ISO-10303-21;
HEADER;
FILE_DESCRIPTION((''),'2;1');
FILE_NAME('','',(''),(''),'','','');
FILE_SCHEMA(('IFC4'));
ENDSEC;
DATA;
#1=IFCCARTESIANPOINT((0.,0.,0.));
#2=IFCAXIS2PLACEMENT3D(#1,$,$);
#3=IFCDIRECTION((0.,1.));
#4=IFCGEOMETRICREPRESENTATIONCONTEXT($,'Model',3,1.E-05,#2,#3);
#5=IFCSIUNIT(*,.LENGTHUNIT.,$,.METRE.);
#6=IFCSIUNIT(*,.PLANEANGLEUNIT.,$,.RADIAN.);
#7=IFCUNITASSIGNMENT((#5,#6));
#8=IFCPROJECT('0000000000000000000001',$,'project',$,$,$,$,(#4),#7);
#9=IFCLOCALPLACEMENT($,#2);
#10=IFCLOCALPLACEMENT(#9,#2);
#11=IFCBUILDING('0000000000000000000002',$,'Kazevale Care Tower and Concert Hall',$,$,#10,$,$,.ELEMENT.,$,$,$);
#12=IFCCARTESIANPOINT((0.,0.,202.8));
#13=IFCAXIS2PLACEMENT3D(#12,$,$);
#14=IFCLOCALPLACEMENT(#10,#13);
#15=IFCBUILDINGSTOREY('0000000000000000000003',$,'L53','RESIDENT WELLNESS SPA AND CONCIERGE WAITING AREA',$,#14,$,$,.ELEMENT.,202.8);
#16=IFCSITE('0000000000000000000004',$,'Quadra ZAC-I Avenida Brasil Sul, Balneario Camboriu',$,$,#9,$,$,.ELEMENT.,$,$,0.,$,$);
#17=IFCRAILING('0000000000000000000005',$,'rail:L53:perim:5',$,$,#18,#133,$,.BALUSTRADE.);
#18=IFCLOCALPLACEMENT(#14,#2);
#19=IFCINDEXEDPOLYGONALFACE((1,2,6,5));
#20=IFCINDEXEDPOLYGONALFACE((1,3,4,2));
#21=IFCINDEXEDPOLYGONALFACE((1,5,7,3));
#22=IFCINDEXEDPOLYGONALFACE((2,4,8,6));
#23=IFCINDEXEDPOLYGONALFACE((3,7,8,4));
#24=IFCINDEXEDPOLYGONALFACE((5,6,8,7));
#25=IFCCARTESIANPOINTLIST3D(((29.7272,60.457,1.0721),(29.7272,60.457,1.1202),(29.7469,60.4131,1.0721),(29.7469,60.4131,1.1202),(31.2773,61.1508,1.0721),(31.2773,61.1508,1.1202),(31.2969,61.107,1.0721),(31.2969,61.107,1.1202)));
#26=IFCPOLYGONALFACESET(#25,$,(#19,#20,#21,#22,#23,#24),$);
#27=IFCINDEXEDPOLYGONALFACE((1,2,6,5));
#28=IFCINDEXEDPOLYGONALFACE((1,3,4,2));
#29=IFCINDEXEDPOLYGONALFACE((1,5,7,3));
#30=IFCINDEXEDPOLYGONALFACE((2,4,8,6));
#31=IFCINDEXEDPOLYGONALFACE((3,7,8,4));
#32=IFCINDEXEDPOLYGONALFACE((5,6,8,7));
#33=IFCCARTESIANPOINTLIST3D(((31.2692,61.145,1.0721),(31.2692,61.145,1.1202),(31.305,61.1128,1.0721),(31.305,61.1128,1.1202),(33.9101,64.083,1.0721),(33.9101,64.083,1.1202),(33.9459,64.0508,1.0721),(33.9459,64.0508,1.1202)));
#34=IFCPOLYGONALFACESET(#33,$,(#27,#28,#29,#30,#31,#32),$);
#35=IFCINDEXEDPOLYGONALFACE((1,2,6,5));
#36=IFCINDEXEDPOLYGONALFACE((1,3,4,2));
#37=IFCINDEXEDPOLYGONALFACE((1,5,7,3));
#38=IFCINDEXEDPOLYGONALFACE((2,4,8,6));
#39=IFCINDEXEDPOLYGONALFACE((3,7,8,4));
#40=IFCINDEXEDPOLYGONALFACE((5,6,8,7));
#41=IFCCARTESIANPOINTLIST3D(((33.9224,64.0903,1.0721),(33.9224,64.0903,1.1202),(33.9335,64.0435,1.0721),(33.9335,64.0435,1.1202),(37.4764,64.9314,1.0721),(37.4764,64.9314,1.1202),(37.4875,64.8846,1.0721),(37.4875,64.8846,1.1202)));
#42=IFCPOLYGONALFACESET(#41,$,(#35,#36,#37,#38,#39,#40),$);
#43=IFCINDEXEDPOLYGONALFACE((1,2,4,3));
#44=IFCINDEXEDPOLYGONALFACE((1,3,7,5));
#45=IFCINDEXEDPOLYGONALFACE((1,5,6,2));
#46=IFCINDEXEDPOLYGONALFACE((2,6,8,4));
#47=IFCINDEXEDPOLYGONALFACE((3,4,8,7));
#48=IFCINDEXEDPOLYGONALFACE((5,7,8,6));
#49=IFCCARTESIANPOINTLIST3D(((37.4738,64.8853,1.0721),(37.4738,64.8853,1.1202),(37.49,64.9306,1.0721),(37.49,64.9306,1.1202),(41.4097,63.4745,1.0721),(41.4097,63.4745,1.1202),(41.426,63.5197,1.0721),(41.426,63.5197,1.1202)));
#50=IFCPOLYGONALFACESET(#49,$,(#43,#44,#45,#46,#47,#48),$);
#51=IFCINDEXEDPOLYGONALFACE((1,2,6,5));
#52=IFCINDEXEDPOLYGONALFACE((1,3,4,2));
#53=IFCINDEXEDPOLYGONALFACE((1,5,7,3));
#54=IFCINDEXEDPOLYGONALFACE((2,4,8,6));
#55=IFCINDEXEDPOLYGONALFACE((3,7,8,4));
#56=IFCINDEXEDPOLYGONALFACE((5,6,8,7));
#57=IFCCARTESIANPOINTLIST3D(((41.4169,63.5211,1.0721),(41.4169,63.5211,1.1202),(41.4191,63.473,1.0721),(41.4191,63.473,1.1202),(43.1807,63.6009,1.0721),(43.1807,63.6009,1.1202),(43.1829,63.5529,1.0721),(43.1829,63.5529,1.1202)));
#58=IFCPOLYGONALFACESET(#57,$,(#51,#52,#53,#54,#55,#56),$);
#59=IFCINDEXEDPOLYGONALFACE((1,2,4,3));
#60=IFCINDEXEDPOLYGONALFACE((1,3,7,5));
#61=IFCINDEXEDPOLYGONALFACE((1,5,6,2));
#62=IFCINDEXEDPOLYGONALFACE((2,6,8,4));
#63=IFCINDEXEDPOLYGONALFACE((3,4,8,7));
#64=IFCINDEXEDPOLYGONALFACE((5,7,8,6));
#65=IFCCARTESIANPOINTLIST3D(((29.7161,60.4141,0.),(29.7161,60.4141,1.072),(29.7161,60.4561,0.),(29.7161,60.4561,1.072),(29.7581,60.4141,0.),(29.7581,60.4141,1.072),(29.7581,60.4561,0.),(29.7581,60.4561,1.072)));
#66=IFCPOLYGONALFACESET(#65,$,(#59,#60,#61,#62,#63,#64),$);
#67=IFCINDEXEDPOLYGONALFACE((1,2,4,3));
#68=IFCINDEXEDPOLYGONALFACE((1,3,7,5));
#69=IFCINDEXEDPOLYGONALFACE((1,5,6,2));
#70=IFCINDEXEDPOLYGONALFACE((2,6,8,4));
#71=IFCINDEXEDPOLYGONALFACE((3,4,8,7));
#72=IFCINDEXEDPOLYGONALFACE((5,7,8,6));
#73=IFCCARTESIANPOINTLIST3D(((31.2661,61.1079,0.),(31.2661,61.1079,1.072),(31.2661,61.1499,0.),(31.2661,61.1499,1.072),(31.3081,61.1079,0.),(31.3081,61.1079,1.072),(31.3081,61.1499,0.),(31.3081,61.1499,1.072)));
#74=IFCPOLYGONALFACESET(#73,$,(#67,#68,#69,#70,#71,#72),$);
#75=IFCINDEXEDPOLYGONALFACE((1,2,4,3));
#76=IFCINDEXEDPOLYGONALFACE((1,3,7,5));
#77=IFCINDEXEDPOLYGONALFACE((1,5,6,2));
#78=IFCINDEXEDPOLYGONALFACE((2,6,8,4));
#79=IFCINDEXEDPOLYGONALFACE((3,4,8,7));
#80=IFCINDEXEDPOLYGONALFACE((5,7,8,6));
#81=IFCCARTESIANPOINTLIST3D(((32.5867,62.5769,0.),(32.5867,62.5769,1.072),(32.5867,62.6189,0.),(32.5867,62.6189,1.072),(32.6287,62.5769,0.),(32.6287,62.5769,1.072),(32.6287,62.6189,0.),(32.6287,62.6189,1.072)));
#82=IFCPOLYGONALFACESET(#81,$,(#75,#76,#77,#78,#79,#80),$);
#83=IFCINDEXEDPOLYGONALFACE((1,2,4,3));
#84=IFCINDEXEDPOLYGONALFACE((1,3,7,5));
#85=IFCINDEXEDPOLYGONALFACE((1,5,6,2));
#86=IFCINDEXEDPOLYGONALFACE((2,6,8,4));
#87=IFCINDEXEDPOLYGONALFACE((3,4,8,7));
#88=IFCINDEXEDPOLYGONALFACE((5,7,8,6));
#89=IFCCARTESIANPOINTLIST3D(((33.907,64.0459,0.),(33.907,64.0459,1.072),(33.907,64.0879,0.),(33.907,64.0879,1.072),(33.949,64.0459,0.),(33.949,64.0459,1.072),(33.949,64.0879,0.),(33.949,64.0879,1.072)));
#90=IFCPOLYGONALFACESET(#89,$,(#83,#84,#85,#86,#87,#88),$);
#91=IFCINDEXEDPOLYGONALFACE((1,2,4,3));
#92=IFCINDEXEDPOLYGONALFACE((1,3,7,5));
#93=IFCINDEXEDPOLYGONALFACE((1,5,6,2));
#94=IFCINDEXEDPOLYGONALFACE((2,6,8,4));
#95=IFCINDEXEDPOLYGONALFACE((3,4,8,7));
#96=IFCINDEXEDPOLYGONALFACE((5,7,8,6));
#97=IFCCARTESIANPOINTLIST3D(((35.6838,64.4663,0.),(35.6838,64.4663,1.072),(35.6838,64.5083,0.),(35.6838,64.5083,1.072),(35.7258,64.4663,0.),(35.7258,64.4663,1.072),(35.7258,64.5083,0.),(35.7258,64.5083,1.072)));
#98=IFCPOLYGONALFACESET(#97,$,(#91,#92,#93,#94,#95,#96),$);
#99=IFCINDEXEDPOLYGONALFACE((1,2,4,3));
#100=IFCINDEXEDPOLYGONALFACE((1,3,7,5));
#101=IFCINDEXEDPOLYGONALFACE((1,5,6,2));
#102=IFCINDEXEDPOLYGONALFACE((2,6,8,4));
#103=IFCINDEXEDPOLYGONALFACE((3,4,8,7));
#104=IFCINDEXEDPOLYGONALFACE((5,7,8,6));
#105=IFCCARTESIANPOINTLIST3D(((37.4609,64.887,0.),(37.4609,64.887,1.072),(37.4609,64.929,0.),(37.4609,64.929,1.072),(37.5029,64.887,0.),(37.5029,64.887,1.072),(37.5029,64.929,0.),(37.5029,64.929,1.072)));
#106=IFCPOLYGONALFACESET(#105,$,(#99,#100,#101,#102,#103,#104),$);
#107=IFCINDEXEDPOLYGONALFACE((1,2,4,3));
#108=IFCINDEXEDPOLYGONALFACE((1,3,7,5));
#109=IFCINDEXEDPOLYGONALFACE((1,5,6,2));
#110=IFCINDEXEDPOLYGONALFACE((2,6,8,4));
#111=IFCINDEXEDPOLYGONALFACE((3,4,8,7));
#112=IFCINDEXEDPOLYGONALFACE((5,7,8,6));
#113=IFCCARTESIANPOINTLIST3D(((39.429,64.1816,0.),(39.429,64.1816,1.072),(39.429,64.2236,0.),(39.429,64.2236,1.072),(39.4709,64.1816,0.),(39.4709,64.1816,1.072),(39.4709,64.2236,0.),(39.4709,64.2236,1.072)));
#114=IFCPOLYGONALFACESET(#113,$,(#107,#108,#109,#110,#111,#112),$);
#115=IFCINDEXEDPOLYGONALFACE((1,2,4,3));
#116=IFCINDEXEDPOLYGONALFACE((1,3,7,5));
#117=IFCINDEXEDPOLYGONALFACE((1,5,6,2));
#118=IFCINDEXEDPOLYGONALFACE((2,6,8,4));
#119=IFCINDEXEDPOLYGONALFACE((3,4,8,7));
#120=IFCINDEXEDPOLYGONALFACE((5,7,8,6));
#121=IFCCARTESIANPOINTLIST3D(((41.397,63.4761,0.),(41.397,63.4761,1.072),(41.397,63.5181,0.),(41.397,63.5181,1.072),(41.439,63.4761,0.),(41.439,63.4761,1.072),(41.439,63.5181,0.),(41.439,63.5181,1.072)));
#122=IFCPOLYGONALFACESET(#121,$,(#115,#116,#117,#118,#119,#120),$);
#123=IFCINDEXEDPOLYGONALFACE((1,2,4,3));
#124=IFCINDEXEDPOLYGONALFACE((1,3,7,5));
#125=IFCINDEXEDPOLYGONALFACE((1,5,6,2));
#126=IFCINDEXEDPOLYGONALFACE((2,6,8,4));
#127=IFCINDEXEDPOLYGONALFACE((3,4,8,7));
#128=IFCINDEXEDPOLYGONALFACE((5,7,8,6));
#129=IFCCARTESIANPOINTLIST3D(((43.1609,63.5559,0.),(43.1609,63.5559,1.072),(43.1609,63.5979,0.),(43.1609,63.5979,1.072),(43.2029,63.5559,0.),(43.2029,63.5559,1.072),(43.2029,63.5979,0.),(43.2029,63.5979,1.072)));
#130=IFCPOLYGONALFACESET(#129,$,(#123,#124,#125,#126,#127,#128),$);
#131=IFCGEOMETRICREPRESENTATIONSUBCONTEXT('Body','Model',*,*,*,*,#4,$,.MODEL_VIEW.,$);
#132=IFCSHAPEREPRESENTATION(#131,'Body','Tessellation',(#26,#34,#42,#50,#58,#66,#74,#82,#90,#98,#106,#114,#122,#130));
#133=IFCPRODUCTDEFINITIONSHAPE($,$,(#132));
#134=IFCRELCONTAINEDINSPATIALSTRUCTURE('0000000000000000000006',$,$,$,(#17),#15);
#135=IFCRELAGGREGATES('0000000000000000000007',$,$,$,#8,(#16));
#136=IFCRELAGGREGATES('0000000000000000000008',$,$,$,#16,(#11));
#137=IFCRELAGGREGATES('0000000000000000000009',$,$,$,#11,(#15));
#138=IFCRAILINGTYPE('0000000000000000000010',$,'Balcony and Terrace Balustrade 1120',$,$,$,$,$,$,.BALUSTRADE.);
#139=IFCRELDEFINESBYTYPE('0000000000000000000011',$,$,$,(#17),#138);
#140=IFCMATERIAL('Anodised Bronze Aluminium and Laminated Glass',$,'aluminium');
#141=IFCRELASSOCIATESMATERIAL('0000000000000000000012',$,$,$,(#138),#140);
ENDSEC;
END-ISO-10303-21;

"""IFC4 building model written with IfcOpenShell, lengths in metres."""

from ifc_helpers import new_model, si_unit, direction, frame, origin, origin_2d, place, context, subcontext, project, spatial, rectangle, extrude, material, type_object, element, save


model = new_model("IFC4")

# Units and contexts
model_context = context("Model", 3, precision=1e-05, world=origin(), true_north=direction((0.0, 1.0)))
body_context = subcontext(model_context, "Body", "Model", "MODEL_VIEW")
ifc_project = project(units=[si_unit("LENGTHUNIT", "METRE"), si_unit("PLANEANGLEUNIT", "RADIAN")], contexts=[model_context])

# Site, building, storey
site_placement = place(None, origin())
site = spatial("IfcSite", under=ifc_project, at=site_placement, Name="Quadra ZAC-I Avenida Brasil Sul, Balneario Camboriu", CompositionType="ELEMENT", RefElevation=0.0)
building_placement = place(site_placement, origin())
building = spatial("IfcBuilding", under=site, at=building_placement, Name="Kazevale Care Tower and Concert Hall", CompositionType="ELEMENT")
storey_placement = place(building_placement, frame((0.0, 0.0, 202.8)))
storey = spatial("IfcBuildingStorey", under=building, at=storey_placement, Name="L53", Description="RESIDENT WELLNESS SPA AND CONCIERGE WAITING AREA", CompositionType="ELEMENT", Elevation=202.8)

# Railing
ifc_material_1 = material(Name="Anodised Bronze Aluminium and Laminated Glass", Category="aluminium")
railing_type = type_object("IfcRailingType", Name="Balcony and Terrace Balustrade 1120", PredefinedType="BALUSTRADE", material=ifc_material_1)
railing_1_placement = place(storey_placement, frame((29.7371, 60.4351, 0.0)))
element("IfcRailing", 1, at=railing_1_placement, inside=storey, type_object=railing_type, Name="rail:L53:perim:5", PredefinedType="BALUSTRADE", context=body_context, shape_type="SweptSolid", body=[
    extrude(rectangle(XDim=0.0481, YDim=0.0481, at=origin_2d()), frame((0.0, 0.0, 1.0962), z_axis=(0.912729, 0.408565, 0.0), x_axis=(-0.408565, 0.912729, 0.0)), (0.0, 0.0, 1.0), 1.6982),
    extrude(rectangle(XDim=0.0481, YDim=0.0481, at=origin_2d()), frame((1.55, 0.6938, 1.0962), z_axis=(0.6685, 0.743712, 0.0), x_axis=(-0.743712, 0.6685, 0.0)), (0.0, 0.0, 1.0), 3.9504),
    extrude(rectangle(XDim=0.0481, YDim=0.0481, at=origin_2d()), frame((4.1909, 3.6318, 1.0962), z_axis=(0.973121, 0.230295, 0.0), x_axis=(-0.230295, 0.973121, 0.0)), (0.0, 0.0, 1.0), 3.6521),
    extrude(rectangle(XDim=0.0481, YDim=0.0481, at=origin_2d()), frame((7.7449, 4.4729, 1.0962), z_axis=(0.94135, -0.337431, 0.0), x_axis=(0.337431, 0.94135, 0.0)), (0.0, 0.0, 1.0), 4.1812),
    extrude(rectangle(XDim=0.0481, YDim=0.0481, at=origin_2d()), frame((11.6809, 3.062, 1.0962), z_axis=(0.998977, 0.045213, 0.0), x_axis=(-0.045213, 0.998977, 0.0)), (0.0, 0.0, 1.0), 1.7656),
    extrude(rectangle(XDim=0.042, YDim=0.042, at=origin_2d()), origin(), (0.0, 0.0, 1.0), 1.072),
    extrude(rectangle(XDim=0.042, YDim=0.042, at=origin_2d()), frame((1.55, 0.6938, 0.0)), (0.0, 0.0, 1.0), 1.072),
    extrude(rectangle(XDim=0.042, YDim=0.042, at=origin_2d()), frame((2.8706, 2.1628, 0.0)), (0.0, 0.0, 1.0), 1.072),
    extrude(rectangle(XDim=0.042, YDim=0.042, at=origin_2d()), frame((4.1909, 3.6318, 0.0)), (0.0, 0.0, 1.0), 1.072),
    extrude(rectangle(XDim=0.042, YDim=0.042, at=origin_2d()), frame((5.9678, 4.0522, 0.0)), (0.0, 0.0, 1.0), 1.072),
    extrude(rectangle(XDim=0.042, YDim=0.042, at=origin_2d()), frame((7.7449, 4.4729, 0.0)), (0.0, 0.0, 1.0), 1.072),
    extrude(rectangle(XDim=0.042, YDim=0.042, at=origin_2d()), frame((9.7129, 3.7676, 0.0)), (0.0, 0.0, 1.0), 1.072),
    extrude(rectangle(XDim=0.042, YDim=0.042, at=origin_2d()), frame((11.6809, 3.062, 0.0)), (0.0, 0.0, 1.0), 1.072),
    extrude(rectangle(XDim=0.042, YDim=0.042, at=origin_2d()), frame((13.4448, 3.1418, 0.0)), (0.0, 0.0, 1.0), 1.072),
])

save(model, "model.ifc")
